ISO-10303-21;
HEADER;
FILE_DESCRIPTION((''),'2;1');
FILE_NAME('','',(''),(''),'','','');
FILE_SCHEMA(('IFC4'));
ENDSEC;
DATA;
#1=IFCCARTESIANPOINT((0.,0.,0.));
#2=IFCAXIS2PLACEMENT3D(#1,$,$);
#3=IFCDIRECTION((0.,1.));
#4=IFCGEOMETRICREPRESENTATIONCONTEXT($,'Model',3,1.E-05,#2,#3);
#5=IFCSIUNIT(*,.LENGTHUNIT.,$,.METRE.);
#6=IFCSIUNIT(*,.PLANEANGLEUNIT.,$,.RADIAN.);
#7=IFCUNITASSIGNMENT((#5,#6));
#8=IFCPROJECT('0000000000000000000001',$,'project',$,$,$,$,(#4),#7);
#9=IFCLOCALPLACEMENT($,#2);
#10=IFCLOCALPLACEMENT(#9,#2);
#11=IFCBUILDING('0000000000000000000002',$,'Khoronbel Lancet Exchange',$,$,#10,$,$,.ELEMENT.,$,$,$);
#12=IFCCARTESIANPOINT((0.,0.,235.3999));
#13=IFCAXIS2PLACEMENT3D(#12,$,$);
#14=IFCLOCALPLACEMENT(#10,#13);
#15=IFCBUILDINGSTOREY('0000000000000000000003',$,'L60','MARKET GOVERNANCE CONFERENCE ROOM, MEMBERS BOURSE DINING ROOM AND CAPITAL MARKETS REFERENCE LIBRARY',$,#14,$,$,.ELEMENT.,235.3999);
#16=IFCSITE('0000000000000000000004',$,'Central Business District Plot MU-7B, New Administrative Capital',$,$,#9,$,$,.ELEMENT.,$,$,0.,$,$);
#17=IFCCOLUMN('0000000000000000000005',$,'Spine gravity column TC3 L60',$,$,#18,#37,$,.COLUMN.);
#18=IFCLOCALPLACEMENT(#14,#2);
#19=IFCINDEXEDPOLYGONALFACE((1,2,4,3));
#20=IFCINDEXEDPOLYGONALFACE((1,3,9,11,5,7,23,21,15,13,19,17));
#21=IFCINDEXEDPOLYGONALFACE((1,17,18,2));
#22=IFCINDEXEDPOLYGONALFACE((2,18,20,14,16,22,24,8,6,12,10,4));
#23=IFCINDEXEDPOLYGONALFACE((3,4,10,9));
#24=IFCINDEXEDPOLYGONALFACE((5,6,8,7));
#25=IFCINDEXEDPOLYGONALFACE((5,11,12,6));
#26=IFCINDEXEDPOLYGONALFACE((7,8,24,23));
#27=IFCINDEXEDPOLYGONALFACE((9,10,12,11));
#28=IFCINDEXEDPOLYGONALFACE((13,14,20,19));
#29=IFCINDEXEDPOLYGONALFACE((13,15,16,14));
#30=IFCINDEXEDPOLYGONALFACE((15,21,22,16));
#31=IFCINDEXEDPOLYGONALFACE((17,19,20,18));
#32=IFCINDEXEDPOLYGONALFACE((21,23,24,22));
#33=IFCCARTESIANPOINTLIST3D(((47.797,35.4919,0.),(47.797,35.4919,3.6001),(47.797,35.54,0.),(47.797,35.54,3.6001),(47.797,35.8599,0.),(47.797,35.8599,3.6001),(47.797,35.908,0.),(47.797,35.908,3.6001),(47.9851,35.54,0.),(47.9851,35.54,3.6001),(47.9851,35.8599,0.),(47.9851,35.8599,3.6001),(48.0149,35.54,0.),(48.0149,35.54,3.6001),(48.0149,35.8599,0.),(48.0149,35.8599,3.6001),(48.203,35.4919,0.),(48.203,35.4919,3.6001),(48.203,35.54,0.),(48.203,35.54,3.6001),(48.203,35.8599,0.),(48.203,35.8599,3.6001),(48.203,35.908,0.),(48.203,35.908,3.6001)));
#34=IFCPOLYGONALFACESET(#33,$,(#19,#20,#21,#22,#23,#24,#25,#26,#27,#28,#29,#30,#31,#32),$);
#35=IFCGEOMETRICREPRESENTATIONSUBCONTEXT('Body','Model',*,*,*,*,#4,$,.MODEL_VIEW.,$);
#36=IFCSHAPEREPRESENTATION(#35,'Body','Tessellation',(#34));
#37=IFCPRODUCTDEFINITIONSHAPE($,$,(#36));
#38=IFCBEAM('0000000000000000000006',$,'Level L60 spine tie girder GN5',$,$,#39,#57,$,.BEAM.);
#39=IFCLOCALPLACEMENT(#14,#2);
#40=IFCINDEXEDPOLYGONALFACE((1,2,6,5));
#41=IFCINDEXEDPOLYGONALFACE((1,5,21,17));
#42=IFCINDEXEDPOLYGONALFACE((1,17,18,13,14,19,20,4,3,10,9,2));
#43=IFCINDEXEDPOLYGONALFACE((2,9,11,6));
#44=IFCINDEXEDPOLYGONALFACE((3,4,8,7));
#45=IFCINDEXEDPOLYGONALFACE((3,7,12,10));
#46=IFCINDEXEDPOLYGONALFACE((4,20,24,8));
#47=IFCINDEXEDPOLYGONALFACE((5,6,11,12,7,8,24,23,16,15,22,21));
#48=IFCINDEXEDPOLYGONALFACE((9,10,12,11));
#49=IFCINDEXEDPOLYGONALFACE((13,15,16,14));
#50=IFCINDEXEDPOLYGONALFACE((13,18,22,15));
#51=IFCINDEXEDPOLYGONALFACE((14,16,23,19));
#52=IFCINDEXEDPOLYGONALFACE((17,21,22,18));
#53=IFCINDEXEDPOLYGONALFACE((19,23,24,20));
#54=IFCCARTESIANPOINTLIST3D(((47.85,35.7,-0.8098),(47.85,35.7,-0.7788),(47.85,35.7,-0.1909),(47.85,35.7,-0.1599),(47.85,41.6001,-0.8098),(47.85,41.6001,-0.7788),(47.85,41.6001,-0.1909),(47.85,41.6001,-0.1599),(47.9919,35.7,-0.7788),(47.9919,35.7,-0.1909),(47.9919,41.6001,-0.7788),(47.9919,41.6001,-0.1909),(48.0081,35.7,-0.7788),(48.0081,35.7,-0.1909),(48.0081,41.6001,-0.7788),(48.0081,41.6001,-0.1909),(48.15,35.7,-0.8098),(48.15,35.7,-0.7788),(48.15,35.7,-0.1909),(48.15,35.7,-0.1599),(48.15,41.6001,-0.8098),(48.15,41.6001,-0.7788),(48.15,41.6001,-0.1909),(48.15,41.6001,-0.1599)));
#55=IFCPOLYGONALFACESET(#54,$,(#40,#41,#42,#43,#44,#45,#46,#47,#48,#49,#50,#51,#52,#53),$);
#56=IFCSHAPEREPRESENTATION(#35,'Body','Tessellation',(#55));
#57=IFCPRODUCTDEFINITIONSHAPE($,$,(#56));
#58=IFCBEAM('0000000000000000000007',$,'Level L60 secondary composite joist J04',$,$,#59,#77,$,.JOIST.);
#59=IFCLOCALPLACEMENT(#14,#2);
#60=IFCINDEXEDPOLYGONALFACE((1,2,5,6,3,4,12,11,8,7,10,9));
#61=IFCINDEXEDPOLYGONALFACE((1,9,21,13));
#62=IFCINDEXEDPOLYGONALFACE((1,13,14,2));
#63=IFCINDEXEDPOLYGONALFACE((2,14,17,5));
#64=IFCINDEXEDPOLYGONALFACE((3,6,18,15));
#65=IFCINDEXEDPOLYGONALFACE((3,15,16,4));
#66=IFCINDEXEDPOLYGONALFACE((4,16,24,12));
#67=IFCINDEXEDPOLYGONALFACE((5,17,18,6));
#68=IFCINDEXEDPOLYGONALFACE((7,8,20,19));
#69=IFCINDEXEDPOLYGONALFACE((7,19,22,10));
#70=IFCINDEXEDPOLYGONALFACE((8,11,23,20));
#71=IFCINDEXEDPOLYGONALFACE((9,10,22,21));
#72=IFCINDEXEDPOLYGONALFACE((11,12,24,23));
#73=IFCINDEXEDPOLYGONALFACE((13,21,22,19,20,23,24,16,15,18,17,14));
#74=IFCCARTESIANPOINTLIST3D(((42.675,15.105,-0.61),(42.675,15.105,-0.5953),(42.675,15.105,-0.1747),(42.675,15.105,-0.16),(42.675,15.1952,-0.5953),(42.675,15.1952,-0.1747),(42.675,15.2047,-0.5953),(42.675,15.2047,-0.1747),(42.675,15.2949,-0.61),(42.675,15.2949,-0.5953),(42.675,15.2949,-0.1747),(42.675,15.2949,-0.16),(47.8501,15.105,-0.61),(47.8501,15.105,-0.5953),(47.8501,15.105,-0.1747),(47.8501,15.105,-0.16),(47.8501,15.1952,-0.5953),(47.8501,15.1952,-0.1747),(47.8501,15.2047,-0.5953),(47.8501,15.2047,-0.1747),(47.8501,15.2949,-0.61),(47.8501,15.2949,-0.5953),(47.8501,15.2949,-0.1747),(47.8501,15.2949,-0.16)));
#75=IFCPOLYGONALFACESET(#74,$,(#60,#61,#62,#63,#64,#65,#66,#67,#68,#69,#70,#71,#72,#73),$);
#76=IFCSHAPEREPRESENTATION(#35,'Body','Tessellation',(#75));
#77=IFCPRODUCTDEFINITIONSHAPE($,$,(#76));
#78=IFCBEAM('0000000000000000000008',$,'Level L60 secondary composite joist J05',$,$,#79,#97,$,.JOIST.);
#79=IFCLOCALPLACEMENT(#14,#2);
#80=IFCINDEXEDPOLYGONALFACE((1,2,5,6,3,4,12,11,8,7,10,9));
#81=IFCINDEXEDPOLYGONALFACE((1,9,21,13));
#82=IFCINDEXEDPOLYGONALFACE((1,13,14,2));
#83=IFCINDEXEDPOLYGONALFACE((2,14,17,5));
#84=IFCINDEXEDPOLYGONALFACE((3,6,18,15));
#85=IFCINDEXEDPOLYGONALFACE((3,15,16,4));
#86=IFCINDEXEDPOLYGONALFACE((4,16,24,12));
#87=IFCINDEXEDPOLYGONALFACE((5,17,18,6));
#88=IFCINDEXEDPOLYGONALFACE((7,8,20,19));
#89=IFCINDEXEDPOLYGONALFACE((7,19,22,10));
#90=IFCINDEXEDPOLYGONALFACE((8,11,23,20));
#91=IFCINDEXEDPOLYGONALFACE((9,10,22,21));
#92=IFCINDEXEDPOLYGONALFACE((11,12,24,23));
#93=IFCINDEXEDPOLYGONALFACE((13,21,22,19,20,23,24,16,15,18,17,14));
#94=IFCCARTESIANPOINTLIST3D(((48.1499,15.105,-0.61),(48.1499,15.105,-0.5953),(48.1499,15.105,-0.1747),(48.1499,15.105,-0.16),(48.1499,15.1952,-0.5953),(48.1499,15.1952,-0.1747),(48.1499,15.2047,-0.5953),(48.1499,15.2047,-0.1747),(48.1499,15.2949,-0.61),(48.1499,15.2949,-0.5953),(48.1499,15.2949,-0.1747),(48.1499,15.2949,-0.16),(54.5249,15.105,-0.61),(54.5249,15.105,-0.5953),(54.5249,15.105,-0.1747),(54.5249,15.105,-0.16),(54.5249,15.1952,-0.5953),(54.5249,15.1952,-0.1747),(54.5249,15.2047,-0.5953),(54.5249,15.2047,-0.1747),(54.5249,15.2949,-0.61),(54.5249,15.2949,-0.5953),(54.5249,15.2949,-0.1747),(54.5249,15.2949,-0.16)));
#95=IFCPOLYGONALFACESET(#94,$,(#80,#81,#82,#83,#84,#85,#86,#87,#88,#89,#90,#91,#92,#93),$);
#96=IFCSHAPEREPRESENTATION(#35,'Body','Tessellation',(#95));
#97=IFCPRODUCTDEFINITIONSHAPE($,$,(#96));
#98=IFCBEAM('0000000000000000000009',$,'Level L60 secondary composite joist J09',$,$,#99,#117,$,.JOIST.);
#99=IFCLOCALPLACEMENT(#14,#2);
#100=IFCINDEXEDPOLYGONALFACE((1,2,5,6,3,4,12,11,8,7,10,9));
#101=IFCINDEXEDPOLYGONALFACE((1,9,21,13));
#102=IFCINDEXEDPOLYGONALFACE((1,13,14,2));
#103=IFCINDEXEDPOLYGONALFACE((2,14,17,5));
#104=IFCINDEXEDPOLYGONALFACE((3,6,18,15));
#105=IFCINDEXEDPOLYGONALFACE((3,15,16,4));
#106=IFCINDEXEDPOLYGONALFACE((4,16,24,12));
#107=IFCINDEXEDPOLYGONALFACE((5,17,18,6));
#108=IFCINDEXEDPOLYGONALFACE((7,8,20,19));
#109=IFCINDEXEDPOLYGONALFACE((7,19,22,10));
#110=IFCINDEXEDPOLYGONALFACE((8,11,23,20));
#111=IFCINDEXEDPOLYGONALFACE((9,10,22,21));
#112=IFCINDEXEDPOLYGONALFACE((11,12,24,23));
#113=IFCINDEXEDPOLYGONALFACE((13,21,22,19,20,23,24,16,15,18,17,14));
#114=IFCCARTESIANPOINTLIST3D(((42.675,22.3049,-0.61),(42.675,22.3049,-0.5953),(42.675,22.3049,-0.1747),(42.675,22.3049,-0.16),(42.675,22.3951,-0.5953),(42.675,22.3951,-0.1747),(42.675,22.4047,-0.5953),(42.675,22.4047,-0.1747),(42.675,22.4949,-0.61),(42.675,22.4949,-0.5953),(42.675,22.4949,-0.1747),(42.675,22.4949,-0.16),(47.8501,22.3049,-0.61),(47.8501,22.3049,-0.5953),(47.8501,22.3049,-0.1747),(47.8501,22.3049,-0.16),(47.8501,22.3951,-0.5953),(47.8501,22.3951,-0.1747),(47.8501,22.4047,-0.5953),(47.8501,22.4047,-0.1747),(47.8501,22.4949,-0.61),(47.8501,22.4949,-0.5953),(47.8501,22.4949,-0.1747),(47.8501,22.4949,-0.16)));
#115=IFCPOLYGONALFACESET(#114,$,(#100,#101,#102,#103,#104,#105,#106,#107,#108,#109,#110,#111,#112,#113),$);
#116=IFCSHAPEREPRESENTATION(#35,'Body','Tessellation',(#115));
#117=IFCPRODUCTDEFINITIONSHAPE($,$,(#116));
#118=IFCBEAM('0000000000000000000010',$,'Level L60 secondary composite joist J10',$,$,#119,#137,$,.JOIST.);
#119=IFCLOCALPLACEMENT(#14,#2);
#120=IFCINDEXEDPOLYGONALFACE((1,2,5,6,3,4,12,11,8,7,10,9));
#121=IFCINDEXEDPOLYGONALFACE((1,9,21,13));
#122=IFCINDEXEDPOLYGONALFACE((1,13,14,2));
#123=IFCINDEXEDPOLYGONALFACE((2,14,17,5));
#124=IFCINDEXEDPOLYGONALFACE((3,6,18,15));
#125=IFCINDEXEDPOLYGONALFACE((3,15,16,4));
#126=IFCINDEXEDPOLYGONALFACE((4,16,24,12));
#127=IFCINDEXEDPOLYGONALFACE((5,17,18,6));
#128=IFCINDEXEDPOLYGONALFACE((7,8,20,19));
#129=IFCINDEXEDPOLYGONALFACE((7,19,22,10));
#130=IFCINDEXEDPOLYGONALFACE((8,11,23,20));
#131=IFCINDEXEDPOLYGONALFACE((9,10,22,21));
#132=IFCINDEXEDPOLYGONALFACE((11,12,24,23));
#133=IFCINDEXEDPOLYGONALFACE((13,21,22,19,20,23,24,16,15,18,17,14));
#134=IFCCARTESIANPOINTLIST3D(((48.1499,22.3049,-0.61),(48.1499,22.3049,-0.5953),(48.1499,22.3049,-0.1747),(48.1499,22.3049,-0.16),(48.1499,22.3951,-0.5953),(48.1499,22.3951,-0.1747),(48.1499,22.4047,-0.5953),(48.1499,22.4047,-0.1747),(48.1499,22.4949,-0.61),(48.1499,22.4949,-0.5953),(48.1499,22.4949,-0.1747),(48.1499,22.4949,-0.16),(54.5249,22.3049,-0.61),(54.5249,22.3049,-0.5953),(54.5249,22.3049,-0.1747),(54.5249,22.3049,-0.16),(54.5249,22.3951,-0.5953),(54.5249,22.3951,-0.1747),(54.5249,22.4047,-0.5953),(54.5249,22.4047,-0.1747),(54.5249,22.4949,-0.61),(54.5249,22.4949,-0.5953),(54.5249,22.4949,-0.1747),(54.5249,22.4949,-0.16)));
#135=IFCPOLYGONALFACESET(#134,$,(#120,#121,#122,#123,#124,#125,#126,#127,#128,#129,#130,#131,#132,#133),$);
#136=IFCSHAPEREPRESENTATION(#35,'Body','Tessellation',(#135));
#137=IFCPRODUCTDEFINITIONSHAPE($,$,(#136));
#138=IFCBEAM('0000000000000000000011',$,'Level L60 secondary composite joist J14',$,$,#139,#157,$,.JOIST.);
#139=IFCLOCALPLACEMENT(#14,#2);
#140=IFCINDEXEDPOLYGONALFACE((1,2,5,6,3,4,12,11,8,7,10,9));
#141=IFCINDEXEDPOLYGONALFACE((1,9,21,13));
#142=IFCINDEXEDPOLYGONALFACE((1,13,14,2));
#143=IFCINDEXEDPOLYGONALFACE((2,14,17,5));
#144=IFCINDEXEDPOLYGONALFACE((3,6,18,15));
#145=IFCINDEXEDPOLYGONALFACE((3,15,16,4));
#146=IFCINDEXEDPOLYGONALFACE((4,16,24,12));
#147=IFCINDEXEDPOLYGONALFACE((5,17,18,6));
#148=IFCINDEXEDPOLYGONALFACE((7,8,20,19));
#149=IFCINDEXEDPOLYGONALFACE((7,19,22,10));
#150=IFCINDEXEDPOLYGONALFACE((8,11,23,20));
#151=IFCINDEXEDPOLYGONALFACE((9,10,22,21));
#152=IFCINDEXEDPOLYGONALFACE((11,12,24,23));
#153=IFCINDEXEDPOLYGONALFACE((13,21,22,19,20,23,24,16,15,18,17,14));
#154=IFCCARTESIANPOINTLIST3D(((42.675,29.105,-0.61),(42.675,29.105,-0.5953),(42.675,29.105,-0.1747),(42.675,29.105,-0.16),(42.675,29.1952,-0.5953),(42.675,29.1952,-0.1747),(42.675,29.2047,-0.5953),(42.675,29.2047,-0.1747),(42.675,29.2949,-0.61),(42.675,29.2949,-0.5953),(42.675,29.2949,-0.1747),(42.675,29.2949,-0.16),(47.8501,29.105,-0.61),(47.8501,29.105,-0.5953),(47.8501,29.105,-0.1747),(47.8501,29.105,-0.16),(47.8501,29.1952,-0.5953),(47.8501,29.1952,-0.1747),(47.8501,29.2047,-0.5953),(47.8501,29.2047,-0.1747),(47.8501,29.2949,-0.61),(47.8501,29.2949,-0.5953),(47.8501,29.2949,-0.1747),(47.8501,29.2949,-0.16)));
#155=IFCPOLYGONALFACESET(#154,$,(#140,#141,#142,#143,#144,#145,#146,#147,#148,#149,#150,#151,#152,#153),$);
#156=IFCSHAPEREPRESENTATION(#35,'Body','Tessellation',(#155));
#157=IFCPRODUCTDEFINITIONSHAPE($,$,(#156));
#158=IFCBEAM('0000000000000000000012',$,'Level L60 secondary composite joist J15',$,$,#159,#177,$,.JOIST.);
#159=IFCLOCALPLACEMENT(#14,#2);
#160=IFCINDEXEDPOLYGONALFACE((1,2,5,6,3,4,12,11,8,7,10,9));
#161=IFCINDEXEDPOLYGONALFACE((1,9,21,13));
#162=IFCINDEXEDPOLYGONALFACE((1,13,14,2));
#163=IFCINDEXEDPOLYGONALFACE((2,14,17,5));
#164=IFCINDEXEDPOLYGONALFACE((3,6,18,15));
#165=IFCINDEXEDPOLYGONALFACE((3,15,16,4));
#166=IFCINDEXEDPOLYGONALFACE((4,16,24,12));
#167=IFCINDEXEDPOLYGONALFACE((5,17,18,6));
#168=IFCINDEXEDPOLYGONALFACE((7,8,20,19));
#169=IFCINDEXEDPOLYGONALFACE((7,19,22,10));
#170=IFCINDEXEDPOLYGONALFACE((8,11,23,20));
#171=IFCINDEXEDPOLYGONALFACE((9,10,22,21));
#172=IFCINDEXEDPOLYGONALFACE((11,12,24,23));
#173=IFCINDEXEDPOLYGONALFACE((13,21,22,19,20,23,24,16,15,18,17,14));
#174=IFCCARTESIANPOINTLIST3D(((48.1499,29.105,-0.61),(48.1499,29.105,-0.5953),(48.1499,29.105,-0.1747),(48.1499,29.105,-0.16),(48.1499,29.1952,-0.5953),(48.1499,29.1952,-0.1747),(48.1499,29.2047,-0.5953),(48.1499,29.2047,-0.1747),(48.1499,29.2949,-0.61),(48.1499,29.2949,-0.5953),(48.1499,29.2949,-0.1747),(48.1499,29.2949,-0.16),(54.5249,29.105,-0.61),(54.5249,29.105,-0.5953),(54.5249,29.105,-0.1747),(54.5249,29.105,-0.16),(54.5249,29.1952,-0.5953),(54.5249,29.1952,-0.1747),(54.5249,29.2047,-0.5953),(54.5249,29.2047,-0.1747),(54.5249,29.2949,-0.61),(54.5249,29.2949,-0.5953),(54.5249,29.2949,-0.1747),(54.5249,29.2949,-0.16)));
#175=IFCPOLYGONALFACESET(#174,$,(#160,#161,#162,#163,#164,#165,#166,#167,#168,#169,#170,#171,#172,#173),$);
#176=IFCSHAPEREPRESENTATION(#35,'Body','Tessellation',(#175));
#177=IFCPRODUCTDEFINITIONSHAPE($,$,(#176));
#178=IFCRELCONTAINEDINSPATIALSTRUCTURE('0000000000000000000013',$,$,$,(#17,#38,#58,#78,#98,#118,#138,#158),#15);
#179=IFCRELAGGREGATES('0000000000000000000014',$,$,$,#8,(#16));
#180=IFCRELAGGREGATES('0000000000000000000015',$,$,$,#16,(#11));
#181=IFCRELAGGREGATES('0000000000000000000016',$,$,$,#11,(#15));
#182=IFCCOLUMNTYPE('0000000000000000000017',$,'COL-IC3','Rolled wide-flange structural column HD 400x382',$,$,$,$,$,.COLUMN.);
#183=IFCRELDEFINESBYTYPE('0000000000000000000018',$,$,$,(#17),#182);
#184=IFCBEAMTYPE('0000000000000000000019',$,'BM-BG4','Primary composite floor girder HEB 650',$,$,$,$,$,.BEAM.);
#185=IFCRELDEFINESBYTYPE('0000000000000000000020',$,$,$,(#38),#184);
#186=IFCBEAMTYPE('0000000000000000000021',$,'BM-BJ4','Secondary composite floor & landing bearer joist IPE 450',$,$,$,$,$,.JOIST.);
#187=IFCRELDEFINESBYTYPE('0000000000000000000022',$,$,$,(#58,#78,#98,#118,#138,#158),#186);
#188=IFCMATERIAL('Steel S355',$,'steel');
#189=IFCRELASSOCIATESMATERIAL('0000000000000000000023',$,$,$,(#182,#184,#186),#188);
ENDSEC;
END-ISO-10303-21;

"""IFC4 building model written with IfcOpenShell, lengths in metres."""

from ifc_helpers import new_model, si_unit, direction, frame, origin, origin_2d, place, context, subcontext, project, spatial, i_section, extrude, material, material_profile, profile_set, type_object, element, save


model = new_model("IFC4")

# Units and contexts
model_context = context("Model", 3, precision=1e-05, world=origin(), true_north=direction((0.0, 1.0)))
body_context = subcontext(model_context, "Body", "Model", "MODEL_VIEW")
ifc_project = project(units=[si_unit("LENGTHUNIT", "METRE"), si_unit("PLANEANGLEUNIT", "RADIAN")], contexts=[model_context])

# Site, building, storey
site_placement = place(None, origin())
site = spatial("IfcSite", under=ifc_project, at=site_placement, Name="Central Business District Plot MU-7B, New Administrative Capital", CompositionType="ELEMENT", RefElevation=0.0)
building_placement = place(site_placement, origin())
building = spatial("IfcBuilding", under=site, at=building_placement, Name="Khoronbel Lancet Exchange", CompositionType="ELEMENT")
storey_placement = place(building_placement, frame((0.0, 0.0, 235.3999)))
storey = spatial("IfcBuildingStorey", under=building, at=storey_placement, Name="L60", Description="MARKET GOVERNANCE CONFERENCE ROOM, MEMBERS BOURSE DINING ROOM AND CAPITAL MARKETS REFERENCE LIBRARY", CompositionType="ELEMENT", Elevation=235.3999)

# Column
ifc_material_1 = material(Name="Steel S355", Category="steel")
ifc_material_profile_1 = material_profile(ifc_material_1, i_section(OverallWidth=0.406, OverallDepth=0.416, WebThickness=0.0298, FlangeThickness=0.0481, at=origin_2d()), Name="HD 400x382")
ifc_profile_set_1 = profile_set([ifc_material_profile_1], Name="Steel S355")
column_type = type_object("IfcColumnType", Name="COL-IC3", Description="Rolled wide-flange structural column HD 400x382", PredefinedType="COLUMN", material=ifc_profile_set_1)
column_placement = place(storey_placement, frame((48.0, 35.7, 0.0), z_axis=(0.0, 0.0, 1.0), x_axis=(1.0, 0.0, 0.0)))
element("IfcColumn", 1, at=column_placement, inside=storey, type_object=column_type, Name="Spine gravity column TC3 L60", PredefinedType="COLUMN", context=body_context, shape_type="SweptSolid", body=[
    extrude(i_section(OverallWidth=0.406, OverallDepth=0.416, WebThickness=0.0298, FlangeThickness=0.0481, at=origin_2d()), origin(), (0.0, 0.0, 1.0), 3.6001),
])

# Beams
ifc_material_profile_2 = material_profile(ifc_material_1, i_section(OverallWidth=0.3, OverallDepth=0.6499, WebThickness=0.0161, FlangeThickness=0.031, at=origin_2d()), Name="HEB 650")
ifc_profile_set_2 = profile_set([ifc_material_profile_2], Name="Steel S355")
beam_type_1 = type_object("IfcBeamType", Name="BM-BG4", Description="Primary composite floor girder HEB 650", PredefinedType="BEAM", material=ifc_profile_set_2)
beam_1_placement = place(storey_placement, frame((48.0, 35.7, -0.4849), z_axis=(0.0, 1.0, 0.0), x_axis=(-1.0, 0.0, 0.0)))
element("IfcBeam", 2, at=beam_1_placement, inside=storey, type_object=beam_type_1, Name="Level L60 spine tie girder GN5", PredefinedType="BEAM", context=body_context, shape_type="SweptSolid", body=[
    extrude(i_section(OverallWidth=0.3, OverallDepth=0.6499, WebThickness=0.0161, FlangeThickness=0.031, at=origin_2d()), origin(), (0.0, 0.0, 1.0), 5.9001),
])
ifc_material_profile_3 = material_profile(ifc_material_1, i_section(OverallWidth=0.1899, OverallDepth=0.45, WebThickness=0.0095, FlangeThickness=0.0146, at=origin_2d()), Name="IPE 450")
ifc_profile_set_3 = profile_set([ifc_material_profile_3], Name="Steel S355")
beam_type_2 = type_object("IfcBeamType", Name="BM-BJ4", Description="Secondary composite floor & landing bearer joist IPE 450", PredefinedType="JOIST", material=ifc_profile_set_3)
beam_2_placement = place(storey_placement, frame((42.675, 15.2, -0.385), z_axis=(1.0, 0.0, 0.0), x_axis=(0.0, 1.0, 0.0)))
element("IfcBeam", 3, at=beam_2_placement, inside=storey, type_object=beam_type_2, Name="Level L60 secondary composite joist J04", PredefinedType="JOIST", context=body_context, shape_type="SweptSolid", body=[
    extrude(i_section(OverallWidth=0.1899, OverallDepth=0.45, WebThickness=0.0095, FlangeThickness=0.0146, at=origin_2d()), origin(), (0.0, 0.0, 1.0), 5.175),
])
beam_3_placement = place(storey_placement, frame((48.1499, 15.2, -0.385), z_axis=(1.0, 0.0, 0.0), x_axis=(0.0, 1.0, 0.0)))
element("IfcBeam", 4, at=beam_3_placement, inside=storey, type_object=beam_type_2, Name="Level L60 secondary composite joist J05", PredefinedType="JOIST", context=body_context, shape_type="SweptSolid", body=[
    extrude(i_section(OverallWidth=0.1899, OverallDepth=0.45, WebThickness=0.0095, FlangeThickness=0.0146, at=origin_2d()), origin(), (0.0, 0.0, 1.0), 6.375),
])
beam_4_placement = place(storey_placement, frame((42.675, 22.3999, -0.385), z_axis=(1.0, 0.0, 0.0), x_axis=(0.0, 1.0, 0.0)))
element("IfcBeam", 5, at=beam_4_placement, inside=storey, type_object=beam_type_2, Name="Level L60 secondary composite joist J09", PredefinedType="JOIST", context=body_context, shape_type="SweptSolid", body=[
    extrude(i_section(OverallWidth=0.1899, OverallDepth=0.45, WebThickness=0.0095, FlangeThickness=0.0146, at=origin_2d()), origin(), (0.0, 0.0, 1.0), 5.175),
])
beam_5_placement = place(storey_placement, frame((48.1499, 22.3999, -0.385), z_axis=(1.0, 0.0, 0.0), x_axis=(0.0, 1.0, 0.0)))
element("IfcBeam", 6, at=beam_5_placement, inside=storey, type_object=beam_type_2, Name="Level L60 secondary composite joist J10", PredefinedType="JOIST", context=body_context, shape_type="SweptSolid", body=[
    extrude(i_section(OverallWidth=0.1899, OverallDepth=0.45, WebThickness=0.0095, FlangeThickness=0.0146, at=origin_2d()), origin(), (0.0, 0.0, 1.0), 6.375),
])
beam_6_placement = place(storey_placement, frame((42.675, 29.2, -0.385), z_axis=(1.0, 0.0, 0.0), x_axis=(0.0, 1.0, 0.0)))
element("IfcBeam", 7, at=beam_6_placement, inside=storey, type_object=beam_type_2, Name="Level L60 secondary composite joist J14", PredefinedType="JOIST", context=body_context, shape_type="SweptSolid", body=[
    extrude(i_section(OverallWidth=0.1899, OverallDepth=0.45, WebThickness=0.0095, FlangeThickness=0.0146, at=origin_2d()), origin(), (0.0, 0.0, 1.0), 5.175),
])
beam_7_placement = place(storey_placement, frame((48.1499, 29.2, -0.385), z_axis=(1.0, 0.0, 0.0), x_axis=(0.0, 1.0, 0.0)))
element("IfcBeam", 8, at=beam_7_placement, inside=storey, type_object=beam_type_2, Name="Level L60 secondary composite joist J15", PredefinedType="JOIST", context=body_context, shape_type="SweptSolid", body=[
    extrude(i_section(OverallWidth=0.1899, OverallDepth=0.45, WebThickness=0.0095, FlangeThickness=0.0146, at=origin_2d()), origin(), (0.0, 0.0, 1.0), 6.375),
])

save(model, "model.ifc")
